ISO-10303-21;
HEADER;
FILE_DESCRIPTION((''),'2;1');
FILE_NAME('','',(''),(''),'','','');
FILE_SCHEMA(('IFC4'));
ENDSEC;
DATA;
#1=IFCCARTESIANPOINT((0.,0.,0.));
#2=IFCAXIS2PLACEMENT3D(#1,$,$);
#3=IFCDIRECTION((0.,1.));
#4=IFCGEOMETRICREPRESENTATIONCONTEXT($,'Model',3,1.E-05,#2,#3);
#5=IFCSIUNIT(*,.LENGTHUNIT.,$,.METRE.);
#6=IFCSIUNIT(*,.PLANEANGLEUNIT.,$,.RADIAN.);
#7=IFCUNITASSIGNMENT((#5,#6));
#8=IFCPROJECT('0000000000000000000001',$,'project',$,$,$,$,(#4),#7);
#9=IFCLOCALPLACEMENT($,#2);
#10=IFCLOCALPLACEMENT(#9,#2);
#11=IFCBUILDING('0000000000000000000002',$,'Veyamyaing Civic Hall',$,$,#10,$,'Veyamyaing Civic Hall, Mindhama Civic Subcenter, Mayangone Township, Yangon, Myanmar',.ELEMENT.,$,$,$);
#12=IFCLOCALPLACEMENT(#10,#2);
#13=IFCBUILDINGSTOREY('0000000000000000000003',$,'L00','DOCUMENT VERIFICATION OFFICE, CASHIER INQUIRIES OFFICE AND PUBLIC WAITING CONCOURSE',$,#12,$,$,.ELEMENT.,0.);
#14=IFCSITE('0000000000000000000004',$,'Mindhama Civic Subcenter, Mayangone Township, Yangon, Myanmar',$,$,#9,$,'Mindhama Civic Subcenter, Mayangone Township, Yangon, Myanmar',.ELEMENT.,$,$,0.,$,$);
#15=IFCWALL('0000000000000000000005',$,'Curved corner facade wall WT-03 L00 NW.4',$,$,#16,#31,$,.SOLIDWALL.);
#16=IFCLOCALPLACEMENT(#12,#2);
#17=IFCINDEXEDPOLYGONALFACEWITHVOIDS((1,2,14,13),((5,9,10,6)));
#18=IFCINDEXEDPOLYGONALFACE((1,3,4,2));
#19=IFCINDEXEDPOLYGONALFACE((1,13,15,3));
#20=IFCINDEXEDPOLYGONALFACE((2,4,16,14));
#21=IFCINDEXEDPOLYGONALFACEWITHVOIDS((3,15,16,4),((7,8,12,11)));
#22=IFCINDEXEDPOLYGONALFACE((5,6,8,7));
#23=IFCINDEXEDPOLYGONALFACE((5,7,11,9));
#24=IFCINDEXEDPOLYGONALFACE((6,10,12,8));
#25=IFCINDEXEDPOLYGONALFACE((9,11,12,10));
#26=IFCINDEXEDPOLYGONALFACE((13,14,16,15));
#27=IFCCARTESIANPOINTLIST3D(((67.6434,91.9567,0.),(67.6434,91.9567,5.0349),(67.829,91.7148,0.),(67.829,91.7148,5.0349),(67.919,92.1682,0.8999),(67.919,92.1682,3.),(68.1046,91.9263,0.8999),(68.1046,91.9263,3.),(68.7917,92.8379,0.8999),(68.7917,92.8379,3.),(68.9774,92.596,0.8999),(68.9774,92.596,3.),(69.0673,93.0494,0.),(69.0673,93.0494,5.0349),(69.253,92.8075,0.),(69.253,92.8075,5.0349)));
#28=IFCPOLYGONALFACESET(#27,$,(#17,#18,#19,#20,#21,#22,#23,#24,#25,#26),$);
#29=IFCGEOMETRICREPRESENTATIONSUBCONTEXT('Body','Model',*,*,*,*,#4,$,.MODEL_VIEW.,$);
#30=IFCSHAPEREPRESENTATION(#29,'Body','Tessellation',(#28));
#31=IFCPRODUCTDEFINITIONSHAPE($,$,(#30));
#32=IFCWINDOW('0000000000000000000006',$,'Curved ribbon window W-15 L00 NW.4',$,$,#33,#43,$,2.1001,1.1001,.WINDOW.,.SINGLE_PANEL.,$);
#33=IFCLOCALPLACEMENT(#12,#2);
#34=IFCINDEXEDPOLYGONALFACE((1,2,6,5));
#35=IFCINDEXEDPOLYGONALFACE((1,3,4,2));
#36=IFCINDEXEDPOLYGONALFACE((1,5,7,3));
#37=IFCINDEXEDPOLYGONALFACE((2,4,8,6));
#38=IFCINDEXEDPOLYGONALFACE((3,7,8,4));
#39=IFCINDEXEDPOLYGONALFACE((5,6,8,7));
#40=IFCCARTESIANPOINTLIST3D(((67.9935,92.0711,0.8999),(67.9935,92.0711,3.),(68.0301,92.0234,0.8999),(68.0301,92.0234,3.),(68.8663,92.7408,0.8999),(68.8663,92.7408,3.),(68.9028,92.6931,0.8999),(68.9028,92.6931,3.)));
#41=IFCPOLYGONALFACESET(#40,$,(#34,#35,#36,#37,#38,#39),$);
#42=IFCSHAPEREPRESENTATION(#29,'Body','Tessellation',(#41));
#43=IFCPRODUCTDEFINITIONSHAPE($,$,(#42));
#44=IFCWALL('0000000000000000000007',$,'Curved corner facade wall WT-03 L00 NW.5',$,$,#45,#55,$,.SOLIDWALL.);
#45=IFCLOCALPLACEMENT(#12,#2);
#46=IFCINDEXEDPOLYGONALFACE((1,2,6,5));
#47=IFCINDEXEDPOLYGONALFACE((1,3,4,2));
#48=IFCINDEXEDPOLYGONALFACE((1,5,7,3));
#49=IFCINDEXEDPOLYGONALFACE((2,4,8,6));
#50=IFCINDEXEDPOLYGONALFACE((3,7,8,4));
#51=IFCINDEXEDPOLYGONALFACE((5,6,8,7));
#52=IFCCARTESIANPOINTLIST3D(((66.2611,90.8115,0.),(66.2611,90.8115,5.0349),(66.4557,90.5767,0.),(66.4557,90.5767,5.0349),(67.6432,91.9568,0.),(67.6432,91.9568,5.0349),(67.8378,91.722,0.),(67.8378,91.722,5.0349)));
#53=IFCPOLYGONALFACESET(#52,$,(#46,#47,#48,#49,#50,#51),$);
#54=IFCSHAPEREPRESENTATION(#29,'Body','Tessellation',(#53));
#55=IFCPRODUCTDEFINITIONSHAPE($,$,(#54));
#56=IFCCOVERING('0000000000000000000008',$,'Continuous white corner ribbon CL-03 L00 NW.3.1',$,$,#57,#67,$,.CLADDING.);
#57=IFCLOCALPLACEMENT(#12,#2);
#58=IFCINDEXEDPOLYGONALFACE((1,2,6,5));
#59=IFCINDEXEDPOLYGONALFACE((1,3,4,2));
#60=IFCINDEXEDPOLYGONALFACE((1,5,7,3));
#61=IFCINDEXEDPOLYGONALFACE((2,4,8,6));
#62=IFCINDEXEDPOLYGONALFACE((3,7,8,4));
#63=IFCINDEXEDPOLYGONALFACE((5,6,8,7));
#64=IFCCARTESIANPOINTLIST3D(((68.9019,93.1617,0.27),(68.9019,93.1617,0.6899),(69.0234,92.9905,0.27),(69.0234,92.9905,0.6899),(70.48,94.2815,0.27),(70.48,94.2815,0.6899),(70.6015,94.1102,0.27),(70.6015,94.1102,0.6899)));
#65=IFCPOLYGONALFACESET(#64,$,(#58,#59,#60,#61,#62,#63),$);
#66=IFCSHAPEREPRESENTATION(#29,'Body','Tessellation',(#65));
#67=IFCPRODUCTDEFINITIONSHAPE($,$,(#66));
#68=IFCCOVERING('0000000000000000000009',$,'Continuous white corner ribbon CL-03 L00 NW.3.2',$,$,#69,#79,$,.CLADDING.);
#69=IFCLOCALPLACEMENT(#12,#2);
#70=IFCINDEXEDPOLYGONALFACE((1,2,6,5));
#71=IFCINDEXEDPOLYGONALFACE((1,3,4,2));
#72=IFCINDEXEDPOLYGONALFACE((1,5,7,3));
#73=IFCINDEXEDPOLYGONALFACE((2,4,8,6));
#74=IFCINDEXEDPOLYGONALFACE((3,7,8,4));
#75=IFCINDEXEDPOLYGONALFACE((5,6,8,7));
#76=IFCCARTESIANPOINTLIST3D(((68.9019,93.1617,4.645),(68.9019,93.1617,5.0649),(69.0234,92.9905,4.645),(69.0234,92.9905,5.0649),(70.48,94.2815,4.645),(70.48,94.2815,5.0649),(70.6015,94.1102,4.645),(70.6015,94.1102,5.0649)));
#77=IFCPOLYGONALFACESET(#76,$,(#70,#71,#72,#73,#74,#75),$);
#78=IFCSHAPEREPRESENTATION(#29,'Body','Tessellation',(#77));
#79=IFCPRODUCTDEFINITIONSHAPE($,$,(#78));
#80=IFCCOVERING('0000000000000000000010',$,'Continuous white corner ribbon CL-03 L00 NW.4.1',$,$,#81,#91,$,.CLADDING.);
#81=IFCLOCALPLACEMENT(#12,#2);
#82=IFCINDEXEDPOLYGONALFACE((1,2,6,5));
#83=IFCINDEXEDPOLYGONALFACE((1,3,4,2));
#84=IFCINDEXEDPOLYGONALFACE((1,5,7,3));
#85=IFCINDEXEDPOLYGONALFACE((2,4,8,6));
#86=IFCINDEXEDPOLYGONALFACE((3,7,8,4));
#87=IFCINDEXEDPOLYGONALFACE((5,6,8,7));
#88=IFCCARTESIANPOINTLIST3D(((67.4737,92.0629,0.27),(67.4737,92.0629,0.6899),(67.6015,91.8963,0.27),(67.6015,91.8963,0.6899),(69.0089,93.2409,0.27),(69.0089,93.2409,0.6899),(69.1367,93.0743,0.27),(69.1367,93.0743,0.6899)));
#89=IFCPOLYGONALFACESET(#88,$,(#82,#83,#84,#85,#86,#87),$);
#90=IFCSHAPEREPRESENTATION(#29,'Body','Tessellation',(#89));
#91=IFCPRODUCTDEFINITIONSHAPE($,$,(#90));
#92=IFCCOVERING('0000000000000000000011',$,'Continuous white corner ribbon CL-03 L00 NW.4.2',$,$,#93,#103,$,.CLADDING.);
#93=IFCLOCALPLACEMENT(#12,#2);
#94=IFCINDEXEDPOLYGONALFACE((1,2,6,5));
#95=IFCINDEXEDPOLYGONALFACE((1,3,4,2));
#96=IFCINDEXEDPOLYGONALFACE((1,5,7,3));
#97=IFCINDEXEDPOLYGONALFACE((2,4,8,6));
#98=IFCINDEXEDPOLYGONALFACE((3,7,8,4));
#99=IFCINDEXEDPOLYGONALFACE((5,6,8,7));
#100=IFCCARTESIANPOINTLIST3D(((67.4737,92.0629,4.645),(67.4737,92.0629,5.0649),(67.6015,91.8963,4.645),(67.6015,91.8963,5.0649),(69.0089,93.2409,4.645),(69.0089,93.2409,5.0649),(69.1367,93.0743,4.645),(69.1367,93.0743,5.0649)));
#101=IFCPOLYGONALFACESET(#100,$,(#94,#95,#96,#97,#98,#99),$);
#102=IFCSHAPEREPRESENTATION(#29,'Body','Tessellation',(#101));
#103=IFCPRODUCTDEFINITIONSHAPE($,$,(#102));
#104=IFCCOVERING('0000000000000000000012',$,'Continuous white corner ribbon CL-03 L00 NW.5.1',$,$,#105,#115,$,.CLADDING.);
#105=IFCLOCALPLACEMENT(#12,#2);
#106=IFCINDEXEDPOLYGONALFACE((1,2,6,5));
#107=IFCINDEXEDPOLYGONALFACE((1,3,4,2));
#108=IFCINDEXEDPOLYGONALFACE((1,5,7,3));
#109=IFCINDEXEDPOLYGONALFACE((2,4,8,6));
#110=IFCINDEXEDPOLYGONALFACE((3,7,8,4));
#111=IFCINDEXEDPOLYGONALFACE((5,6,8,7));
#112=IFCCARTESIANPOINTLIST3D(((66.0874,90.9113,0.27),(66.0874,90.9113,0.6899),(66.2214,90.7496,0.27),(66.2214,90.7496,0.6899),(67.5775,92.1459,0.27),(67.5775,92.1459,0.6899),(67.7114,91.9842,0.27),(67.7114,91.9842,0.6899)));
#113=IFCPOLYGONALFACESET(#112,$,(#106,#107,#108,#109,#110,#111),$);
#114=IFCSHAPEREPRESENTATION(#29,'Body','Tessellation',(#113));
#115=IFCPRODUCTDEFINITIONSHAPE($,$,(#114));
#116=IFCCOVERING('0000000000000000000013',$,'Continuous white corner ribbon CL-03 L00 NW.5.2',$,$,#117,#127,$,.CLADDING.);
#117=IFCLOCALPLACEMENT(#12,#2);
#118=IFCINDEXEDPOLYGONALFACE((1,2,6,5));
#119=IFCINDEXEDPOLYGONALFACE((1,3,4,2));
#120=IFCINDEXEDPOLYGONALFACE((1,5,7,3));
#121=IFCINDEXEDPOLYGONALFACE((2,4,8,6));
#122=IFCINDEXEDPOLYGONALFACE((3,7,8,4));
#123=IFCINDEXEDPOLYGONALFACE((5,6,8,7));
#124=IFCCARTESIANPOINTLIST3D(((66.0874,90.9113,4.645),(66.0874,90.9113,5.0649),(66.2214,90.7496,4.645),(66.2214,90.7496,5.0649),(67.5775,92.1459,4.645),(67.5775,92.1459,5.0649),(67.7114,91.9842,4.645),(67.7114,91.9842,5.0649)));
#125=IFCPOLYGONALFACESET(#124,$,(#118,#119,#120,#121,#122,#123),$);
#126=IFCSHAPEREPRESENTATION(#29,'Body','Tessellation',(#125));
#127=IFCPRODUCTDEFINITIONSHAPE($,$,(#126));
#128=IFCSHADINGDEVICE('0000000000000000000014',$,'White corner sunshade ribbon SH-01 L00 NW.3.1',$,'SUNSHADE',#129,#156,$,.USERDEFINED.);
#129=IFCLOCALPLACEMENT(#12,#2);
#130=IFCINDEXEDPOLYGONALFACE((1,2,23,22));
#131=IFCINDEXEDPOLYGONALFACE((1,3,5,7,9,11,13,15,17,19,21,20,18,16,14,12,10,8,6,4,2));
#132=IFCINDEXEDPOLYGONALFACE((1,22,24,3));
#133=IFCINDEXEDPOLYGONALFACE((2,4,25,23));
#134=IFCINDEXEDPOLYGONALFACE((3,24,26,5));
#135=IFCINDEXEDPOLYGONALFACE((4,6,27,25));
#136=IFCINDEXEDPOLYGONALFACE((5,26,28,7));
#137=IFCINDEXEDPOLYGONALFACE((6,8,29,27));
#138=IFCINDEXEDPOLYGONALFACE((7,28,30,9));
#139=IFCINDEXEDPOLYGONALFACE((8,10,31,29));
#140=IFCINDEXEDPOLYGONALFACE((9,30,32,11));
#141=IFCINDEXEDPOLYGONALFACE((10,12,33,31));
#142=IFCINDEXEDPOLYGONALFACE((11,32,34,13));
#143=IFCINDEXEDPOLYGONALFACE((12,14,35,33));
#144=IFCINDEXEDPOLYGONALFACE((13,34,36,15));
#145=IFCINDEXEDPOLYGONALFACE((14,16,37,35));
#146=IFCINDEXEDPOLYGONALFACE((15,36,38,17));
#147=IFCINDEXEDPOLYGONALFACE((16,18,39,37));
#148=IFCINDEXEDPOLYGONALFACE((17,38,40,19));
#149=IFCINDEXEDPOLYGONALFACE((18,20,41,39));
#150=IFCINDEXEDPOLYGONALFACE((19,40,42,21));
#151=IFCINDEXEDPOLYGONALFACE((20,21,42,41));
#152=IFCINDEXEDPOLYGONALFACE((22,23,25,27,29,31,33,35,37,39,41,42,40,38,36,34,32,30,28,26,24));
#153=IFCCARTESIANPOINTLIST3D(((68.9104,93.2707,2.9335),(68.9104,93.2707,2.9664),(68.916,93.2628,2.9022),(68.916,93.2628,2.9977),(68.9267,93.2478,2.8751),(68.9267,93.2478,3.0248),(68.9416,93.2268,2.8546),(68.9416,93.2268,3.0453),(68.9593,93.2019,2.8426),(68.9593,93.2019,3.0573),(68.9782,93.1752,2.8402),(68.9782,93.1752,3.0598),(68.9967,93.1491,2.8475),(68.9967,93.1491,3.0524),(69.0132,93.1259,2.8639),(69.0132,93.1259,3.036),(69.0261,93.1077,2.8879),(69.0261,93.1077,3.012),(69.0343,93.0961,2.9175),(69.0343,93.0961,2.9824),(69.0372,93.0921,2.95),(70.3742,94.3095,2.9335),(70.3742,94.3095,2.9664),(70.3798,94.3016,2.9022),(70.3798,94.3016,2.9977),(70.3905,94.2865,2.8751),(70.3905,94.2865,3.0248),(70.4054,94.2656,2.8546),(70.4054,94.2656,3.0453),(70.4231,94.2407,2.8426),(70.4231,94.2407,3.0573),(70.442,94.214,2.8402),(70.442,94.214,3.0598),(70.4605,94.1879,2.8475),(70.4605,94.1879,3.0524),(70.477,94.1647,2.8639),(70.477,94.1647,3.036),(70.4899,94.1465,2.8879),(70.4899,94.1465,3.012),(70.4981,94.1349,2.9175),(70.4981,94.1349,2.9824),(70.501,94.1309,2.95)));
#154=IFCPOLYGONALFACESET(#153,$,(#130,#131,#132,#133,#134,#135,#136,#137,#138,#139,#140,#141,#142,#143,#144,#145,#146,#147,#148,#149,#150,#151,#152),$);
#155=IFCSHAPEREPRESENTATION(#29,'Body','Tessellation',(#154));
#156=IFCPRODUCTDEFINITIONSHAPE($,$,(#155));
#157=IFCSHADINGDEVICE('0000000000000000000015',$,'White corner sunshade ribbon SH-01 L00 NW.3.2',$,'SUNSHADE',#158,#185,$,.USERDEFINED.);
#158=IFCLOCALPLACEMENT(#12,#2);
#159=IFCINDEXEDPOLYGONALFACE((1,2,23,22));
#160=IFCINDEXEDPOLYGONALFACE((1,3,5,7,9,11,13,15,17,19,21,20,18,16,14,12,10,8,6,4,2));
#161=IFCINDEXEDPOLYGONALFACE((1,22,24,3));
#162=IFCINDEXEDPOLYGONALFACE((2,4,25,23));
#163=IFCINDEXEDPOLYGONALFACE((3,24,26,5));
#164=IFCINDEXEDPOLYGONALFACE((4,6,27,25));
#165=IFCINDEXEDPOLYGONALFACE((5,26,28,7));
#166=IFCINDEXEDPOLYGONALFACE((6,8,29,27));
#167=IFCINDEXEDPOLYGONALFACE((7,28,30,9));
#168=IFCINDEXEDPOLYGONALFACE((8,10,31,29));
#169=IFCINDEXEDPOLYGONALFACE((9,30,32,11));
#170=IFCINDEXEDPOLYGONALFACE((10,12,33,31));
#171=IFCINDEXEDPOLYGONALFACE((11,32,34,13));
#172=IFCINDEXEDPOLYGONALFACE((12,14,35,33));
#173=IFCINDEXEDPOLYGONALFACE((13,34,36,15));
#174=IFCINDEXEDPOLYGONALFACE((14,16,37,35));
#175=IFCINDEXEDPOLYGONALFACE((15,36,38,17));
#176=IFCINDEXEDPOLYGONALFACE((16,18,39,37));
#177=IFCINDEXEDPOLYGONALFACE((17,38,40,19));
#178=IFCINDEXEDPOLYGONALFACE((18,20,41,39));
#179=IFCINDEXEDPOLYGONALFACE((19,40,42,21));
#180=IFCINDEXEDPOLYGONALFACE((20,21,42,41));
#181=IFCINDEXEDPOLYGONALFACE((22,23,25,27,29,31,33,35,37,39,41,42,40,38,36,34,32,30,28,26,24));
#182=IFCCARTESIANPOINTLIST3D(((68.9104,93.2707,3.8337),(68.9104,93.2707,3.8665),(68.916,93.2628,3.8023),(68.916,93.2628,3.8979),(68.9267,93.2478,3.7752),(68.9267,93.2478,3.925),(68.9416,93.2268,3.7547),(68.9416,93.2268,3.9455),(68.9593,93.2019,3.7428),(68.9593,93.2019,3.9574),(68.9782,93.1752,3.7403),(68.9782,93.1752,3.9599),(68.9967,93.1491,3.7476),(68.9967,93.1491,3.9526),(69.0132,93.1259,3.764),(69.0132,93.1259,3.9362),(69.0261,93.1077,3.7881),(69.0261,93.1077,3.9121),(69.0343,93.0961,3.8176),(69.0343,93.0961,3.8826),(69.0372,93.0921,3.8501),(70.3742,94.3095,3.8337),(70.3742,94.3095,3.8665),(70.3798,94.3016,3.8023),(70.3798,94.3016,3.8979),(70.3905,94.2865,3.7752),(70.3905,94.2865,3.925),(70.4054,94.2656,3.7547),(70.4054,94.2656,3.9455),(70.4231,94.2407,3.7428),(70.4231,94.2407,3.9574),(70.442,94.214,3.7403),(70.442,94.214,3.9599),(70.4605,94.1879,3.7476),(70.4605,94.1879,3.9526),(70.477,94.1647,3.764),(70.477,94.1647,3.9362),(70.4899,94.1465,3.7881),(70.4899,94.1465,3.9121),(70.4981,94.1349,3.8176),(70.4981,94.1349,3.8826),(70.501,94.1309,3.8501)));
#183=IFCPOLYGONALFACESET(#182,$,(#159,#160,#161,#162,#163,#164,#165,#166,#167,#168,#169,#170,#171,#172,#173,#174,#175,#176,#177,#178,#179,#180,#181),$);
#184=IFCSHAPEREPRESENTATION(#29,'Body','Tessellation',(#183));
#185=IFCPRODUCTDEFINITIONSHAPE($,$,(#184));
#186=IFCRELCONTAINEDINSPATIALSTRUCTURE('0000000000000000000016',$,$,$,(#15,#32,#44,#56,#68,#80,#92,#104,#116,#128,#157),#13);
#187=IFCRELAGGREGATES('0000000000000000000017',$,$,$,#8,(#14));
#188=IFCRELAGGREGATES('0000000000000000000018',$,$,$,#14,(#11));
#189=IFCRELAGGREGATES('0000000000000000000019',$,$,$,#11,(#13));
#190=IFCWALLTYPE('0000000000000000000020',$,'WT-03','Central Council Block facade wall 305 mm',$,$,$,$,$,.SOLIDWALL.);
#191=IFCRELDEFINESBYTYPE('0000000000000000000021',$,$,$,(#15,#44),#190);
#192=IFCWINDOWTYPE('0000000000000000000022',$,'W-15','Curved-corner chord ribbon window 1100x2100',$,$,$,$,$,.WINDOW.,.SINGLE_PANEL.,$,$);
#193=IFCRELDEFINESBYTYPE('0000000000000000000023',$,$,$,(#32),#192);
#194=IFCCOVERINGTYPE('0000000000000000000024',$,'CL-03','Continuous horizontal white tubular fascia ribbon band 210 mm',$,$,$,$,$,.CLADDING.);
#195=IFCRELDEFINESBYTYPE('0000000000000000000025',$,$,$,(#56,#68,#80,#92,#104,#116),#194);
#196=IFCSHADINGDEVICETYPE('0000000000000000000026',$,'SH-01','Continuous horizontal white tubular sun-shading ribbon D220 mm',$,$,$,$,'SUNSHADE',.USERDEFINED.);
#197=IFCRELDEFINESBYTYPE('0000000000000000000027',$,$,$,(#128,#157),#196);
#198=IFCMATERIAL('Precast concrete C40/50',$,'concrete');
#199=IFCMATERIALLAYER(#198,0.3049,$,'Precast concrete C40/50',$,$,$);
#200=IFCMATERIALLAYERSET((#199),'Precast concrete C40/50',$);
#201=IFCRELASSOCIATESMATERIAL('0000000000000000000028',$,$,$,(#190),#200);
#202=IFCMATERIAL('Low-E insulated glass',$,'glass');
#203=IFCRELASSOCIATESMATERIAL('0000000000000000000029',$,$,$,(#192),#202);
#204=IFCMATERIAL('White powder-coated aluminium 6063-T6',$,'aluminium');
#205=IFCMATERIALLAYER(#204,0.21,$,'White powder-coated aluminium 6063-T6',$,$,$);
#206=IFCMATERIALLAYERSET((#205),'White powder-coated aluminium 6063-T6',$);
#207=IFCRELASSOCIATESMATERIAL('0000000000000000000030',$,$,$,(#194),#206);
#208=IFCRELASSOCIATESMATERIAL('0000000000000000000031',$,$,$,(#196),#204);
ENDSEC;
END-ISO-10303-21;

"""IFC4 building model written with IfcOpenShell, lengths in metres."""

from ifc_helpers import new_model, si_unit, direction, frame, frame_2d, origin, origin_2d, place, context, subcontext, project, spatial, rectangle, circle, extrude, material, layer, layer_set, material_profile, profile_set, type_object, element, fill, save


model = new_model("IFC4")

# Units and contexts
model_context = context("Model", 3, precision=1e-05, world=origin(), true_north=direction((0.0, 1.0)))
body_context = subcontext(model_context, "Body", "Model", "MODEL_VIEW")
ifc_project = project(units=[si_unit("LENGTHUNIT", "METRE"), si_unit("PLANEANGLEUNIT", "RADIAN")], contexts=[model_context])

# Site, building, storey
site_placement = place(None, origin())
site = spatial("IfcSite", under=ifc_project, at=site_placement, Name="Mindhama Civic Subcenter, Mayangone Township, Yangon, Myanmar", LongName="Mindhama Civic Subcenter, Mayangone Township, Yangon, Myanmar", CompositionType="ELEMENT", RefElevation=0.0)
building_placement = place(site_placement, origin())
building = spatial("IfcBuilding", under=site, at=building_placement, Name="Veyamyaing Civic Hall", LongName="Veyamyaing Civic Hall, Mindhama Civic Subcenter, Mayangone Township, Yangon, Myanmar", CompositionType="ELEMENT")
storey_placement = place(building_placement, origin())
storey = spatial("IfcBuildingStorey", under=building, at=storey_placement, Name="L00", Description="DOCUMENT VERIFICATION OFFICE, CASHIER INQUIRIES OFFICE AND PUBLIC WAITING CONCOURSE", CompositionType="ELEMENT", Elevation=0.0)

# Wall, opening, window
ifc_material_1 = material(Name="Precast concrete C40/50", Category="concrete")
ifc_layer_1 = layer(ifc_material_1, 0.3049, Name="Precast concrete C40/50")
ifc_layer_set_1 = layer_set([ifc_layer_1], Name="Precast concrete C40/50")
wall_type = type_object("IfcWallType", Name="WT-03", Description="Central Council Block facade wall 305 mm", PredefinedType="SOLIDWALL", material=ifc_layer_set_1)
wall_1_placement = place(storey_placement, frame((69.1602, 92.9285, 0.0), z_axis=(0.0, 0.0, 1.0), x_axis=(-0.793341, -0.608777, 0.0)))
wall_1 = element("IfcWall", 1, at=wall_1_placement, inside=storey, type_object=wall_type, Name="Curved corner facade wall WT-03 L00 NW.4", PredefinedType="SOLIDWALL", context=body_context, shape_type="SweptSolid", body=[
    extrude(rectangle(XDim=1.7949, YDim=0.3049, at=frame_2d((0.8975, 0.0))), origin(), (0.0, 0.0, 1.0), 5.0349),
])
opening_placement = place(wall_1_placement, frame((0.3474, 0.0, 0.8999)))
opening = element("IfcOpeningElement", 2, at=opening_placement, cuts=wall_1, PredefinedType="OPENING", context=body_context, shape_type="SweptSolid", body=[
    extrude(rectangle(XDim=1.1001, YDim=2.1001, at=frame_2d((0.55, 1.05))), frame((0.0, 0.1624, 0.0), z_axis=(0.0, -1.0, 0.0), x_axis=(1.0, 0.0, 0.0)), (0.0, 0.0, 1.0), 0.325),
])
ifc_material_2 = material(Name="Low-E insulated glass", Category="glass")
window_type = type_object("IfcWindowType", Name="W-15", Description="Curved-corner chord ribbon window 1100x2100", PartitioningType="SINGLE_PANEL", PredefinedType="WINDOW", material=ifc_material_2)
window_placement = place(opening_placement, origin())
window = element("IfcWindow", 3, at=window_placement, inside=storey, type_object=window_type, Name="Curved ribbon window W-15 L00 NW.4", OverallHeight=2.1001, OverallWidth=1.1001, PartitioningType="SINGLE_PANEL", PredefinedType="WINDOW", context=body_context, shape_type="SweptSolid", body=[
    extrude(rectangle(XDim=1.1001, YDim=2.1001, at=frame_2d((0.55, 1.05))), frame((0.0, 0.03, 0.0), z_axis=(0.0, -1.0, 0.0), x_axis=(1.0, 0.0, 0.0)), (0.0, 0.0, 1.0), 0.0601),
])
fill(opening, window)

# Wall
wall_2_placement = place(storey_placement, frame((67.7405, 91.8394, 0.0), z_axis=(0.0, 0.0, 1.0), x_axis=(-0.769991, -0.638055, 0.0)))
element("IfcWall", 4, at=wall_2_placement, inside=storey, type_object=wall_type, Name="Curved corner facade wall WT-03 L00 NW.5", PredefinedType="SOLIDWALL", context=body_context, shape_type="SweptSolid", body=[
    extrude(rectangle(XDim=1.7949, YDim=0.3049, at=frame_2d((0.8975, 0.0))), origin(), (0.0, 0.0, 1.0), 5.0349),
])

# Coverings
ifc_material_3 = material(Name="White powder-coated aluminium 6063-T6", Category="aluminium")
ifc_layer_2 = layer(ifc_material_3, 0.21, Name="White powder-coated aluminium 6063-T6")
ifc_layer_set_2 = layer_set([ifc_layer_2], Name="White powder-coated aluminium 6063-T6")
covering_type = type_object("IfcCoveringType", Name="CL-03", Description="Continuous horizontal white tubular fascia ribbon band 210 mm", PredefinedType="CLADDING", material=ifc_layer_set_2)
for number, where, z_axis, x_axis, name in (
    (5, (69.7517, 93.636, 0.27), (0.0, 0.0, 1.0), (-0.815561, -0.578671, 0.0), "Continuous white corner ribbon CL-03 L00 NW.3.1"),
    (6, (69.7517, 93.636, 4.645), (0.0, 0.0, 1.0), (-0.815561, -0.578671, 0.0), "Continuous white corner ribbon CL-03 L00 NW.3.2"),
    (7, (68.3052, 92.5686, 0.27), (0.0, 0.0, 1.0), (-0.793353, -0.608761, 0.0), "Continuous white corner ribbon CL-03 L00 NW.4.1"),
    (8, (68.3052, 92.5686, 4.645), (0.0, 0.0, 1.0), (-0.793353, -0.608761, 0.0), "Continuous white corner ribbon CL-03 L00 NW.4.2"),
    (9, (66.8994, 91.4478, 0.27), (0.0, 0.0, 1.0), (-0.770036, -0.638, 0.0), "Continuous white corner ribbon CL-03 L00 NW.5.1"),
    (10, (66.8994, 91.4478, 4.645), (0.0, 0.0, 1.0), (-0.770036, -0.638, 0.0), "Continuous white corner ribbon CL-03 L00 NW.5.2"),
):
    element("IfcCovering", number, at=place(storey_placement, frame(where, z_axis=z_axis, x_axis=x_axis)), inside=storey, type_object=covering_type, Name=name, PredefinedType="CLADDING", context=body_context, shape_type="SweptSolid", body=[
        extrude(rectangle(XDim=1.9351, YDim=0.21, at=origin_2d()), origin(), (0.0, 0.0, 1.0), 0.4199),
    ])

# Shading devices
ifc_material_profile = material_profile(ifc_material_3, circle(Radius=0.1101, at=origin_2d()), Name="SHADE-TUBE-220")
ifc_profile_set = profile_set([ifc_material_profile], Name="White powder-coated aluminium 6063-T6")
shading_device_type = type_object("IfcShadingDeviceType", Name="SH-01", Description="Continuous horizontal white tubular sun-shading ribbon D220 mm", ElementType="SUNSHADE", PredefinedType="USERDEFINED", material=ifc_profile_set)
for number, where, z_axis, x_axis, name in (
    (11, (70.4373, 94.2207, 2.95), (-0.815522, -0.578727, 0.0), (0.578727, -0.815522, 0.0), "White corner sunshade ribbon SH-01 L00 NW.3.1"),
    (12, (70.4373, 94.2207, 3.8501), (-0.815522, -0.578727, 0.0), (0.578727, -0.815522, 0.0), "White corner sunshade ribbon SH-01 L00 NW.3.2"),
):
    element("IfcShadingDevice", number, at=place(storey_placement, frame(where, z_axis=z_axis, x_axis=x_axis)), inside=storey, type_object=shading_device_type, Name=name, ObjectType="SUNSHADE", PredefinedType="USERDEFINED", context=body_context, shape_type="SweptSolid", body=[
        extrude(circle(Radius=0.1101, at=origin_2d()), origin(), (0.0, 0.0, 1.0), 1.7949),
    ])

save(model, "model.ifc")
